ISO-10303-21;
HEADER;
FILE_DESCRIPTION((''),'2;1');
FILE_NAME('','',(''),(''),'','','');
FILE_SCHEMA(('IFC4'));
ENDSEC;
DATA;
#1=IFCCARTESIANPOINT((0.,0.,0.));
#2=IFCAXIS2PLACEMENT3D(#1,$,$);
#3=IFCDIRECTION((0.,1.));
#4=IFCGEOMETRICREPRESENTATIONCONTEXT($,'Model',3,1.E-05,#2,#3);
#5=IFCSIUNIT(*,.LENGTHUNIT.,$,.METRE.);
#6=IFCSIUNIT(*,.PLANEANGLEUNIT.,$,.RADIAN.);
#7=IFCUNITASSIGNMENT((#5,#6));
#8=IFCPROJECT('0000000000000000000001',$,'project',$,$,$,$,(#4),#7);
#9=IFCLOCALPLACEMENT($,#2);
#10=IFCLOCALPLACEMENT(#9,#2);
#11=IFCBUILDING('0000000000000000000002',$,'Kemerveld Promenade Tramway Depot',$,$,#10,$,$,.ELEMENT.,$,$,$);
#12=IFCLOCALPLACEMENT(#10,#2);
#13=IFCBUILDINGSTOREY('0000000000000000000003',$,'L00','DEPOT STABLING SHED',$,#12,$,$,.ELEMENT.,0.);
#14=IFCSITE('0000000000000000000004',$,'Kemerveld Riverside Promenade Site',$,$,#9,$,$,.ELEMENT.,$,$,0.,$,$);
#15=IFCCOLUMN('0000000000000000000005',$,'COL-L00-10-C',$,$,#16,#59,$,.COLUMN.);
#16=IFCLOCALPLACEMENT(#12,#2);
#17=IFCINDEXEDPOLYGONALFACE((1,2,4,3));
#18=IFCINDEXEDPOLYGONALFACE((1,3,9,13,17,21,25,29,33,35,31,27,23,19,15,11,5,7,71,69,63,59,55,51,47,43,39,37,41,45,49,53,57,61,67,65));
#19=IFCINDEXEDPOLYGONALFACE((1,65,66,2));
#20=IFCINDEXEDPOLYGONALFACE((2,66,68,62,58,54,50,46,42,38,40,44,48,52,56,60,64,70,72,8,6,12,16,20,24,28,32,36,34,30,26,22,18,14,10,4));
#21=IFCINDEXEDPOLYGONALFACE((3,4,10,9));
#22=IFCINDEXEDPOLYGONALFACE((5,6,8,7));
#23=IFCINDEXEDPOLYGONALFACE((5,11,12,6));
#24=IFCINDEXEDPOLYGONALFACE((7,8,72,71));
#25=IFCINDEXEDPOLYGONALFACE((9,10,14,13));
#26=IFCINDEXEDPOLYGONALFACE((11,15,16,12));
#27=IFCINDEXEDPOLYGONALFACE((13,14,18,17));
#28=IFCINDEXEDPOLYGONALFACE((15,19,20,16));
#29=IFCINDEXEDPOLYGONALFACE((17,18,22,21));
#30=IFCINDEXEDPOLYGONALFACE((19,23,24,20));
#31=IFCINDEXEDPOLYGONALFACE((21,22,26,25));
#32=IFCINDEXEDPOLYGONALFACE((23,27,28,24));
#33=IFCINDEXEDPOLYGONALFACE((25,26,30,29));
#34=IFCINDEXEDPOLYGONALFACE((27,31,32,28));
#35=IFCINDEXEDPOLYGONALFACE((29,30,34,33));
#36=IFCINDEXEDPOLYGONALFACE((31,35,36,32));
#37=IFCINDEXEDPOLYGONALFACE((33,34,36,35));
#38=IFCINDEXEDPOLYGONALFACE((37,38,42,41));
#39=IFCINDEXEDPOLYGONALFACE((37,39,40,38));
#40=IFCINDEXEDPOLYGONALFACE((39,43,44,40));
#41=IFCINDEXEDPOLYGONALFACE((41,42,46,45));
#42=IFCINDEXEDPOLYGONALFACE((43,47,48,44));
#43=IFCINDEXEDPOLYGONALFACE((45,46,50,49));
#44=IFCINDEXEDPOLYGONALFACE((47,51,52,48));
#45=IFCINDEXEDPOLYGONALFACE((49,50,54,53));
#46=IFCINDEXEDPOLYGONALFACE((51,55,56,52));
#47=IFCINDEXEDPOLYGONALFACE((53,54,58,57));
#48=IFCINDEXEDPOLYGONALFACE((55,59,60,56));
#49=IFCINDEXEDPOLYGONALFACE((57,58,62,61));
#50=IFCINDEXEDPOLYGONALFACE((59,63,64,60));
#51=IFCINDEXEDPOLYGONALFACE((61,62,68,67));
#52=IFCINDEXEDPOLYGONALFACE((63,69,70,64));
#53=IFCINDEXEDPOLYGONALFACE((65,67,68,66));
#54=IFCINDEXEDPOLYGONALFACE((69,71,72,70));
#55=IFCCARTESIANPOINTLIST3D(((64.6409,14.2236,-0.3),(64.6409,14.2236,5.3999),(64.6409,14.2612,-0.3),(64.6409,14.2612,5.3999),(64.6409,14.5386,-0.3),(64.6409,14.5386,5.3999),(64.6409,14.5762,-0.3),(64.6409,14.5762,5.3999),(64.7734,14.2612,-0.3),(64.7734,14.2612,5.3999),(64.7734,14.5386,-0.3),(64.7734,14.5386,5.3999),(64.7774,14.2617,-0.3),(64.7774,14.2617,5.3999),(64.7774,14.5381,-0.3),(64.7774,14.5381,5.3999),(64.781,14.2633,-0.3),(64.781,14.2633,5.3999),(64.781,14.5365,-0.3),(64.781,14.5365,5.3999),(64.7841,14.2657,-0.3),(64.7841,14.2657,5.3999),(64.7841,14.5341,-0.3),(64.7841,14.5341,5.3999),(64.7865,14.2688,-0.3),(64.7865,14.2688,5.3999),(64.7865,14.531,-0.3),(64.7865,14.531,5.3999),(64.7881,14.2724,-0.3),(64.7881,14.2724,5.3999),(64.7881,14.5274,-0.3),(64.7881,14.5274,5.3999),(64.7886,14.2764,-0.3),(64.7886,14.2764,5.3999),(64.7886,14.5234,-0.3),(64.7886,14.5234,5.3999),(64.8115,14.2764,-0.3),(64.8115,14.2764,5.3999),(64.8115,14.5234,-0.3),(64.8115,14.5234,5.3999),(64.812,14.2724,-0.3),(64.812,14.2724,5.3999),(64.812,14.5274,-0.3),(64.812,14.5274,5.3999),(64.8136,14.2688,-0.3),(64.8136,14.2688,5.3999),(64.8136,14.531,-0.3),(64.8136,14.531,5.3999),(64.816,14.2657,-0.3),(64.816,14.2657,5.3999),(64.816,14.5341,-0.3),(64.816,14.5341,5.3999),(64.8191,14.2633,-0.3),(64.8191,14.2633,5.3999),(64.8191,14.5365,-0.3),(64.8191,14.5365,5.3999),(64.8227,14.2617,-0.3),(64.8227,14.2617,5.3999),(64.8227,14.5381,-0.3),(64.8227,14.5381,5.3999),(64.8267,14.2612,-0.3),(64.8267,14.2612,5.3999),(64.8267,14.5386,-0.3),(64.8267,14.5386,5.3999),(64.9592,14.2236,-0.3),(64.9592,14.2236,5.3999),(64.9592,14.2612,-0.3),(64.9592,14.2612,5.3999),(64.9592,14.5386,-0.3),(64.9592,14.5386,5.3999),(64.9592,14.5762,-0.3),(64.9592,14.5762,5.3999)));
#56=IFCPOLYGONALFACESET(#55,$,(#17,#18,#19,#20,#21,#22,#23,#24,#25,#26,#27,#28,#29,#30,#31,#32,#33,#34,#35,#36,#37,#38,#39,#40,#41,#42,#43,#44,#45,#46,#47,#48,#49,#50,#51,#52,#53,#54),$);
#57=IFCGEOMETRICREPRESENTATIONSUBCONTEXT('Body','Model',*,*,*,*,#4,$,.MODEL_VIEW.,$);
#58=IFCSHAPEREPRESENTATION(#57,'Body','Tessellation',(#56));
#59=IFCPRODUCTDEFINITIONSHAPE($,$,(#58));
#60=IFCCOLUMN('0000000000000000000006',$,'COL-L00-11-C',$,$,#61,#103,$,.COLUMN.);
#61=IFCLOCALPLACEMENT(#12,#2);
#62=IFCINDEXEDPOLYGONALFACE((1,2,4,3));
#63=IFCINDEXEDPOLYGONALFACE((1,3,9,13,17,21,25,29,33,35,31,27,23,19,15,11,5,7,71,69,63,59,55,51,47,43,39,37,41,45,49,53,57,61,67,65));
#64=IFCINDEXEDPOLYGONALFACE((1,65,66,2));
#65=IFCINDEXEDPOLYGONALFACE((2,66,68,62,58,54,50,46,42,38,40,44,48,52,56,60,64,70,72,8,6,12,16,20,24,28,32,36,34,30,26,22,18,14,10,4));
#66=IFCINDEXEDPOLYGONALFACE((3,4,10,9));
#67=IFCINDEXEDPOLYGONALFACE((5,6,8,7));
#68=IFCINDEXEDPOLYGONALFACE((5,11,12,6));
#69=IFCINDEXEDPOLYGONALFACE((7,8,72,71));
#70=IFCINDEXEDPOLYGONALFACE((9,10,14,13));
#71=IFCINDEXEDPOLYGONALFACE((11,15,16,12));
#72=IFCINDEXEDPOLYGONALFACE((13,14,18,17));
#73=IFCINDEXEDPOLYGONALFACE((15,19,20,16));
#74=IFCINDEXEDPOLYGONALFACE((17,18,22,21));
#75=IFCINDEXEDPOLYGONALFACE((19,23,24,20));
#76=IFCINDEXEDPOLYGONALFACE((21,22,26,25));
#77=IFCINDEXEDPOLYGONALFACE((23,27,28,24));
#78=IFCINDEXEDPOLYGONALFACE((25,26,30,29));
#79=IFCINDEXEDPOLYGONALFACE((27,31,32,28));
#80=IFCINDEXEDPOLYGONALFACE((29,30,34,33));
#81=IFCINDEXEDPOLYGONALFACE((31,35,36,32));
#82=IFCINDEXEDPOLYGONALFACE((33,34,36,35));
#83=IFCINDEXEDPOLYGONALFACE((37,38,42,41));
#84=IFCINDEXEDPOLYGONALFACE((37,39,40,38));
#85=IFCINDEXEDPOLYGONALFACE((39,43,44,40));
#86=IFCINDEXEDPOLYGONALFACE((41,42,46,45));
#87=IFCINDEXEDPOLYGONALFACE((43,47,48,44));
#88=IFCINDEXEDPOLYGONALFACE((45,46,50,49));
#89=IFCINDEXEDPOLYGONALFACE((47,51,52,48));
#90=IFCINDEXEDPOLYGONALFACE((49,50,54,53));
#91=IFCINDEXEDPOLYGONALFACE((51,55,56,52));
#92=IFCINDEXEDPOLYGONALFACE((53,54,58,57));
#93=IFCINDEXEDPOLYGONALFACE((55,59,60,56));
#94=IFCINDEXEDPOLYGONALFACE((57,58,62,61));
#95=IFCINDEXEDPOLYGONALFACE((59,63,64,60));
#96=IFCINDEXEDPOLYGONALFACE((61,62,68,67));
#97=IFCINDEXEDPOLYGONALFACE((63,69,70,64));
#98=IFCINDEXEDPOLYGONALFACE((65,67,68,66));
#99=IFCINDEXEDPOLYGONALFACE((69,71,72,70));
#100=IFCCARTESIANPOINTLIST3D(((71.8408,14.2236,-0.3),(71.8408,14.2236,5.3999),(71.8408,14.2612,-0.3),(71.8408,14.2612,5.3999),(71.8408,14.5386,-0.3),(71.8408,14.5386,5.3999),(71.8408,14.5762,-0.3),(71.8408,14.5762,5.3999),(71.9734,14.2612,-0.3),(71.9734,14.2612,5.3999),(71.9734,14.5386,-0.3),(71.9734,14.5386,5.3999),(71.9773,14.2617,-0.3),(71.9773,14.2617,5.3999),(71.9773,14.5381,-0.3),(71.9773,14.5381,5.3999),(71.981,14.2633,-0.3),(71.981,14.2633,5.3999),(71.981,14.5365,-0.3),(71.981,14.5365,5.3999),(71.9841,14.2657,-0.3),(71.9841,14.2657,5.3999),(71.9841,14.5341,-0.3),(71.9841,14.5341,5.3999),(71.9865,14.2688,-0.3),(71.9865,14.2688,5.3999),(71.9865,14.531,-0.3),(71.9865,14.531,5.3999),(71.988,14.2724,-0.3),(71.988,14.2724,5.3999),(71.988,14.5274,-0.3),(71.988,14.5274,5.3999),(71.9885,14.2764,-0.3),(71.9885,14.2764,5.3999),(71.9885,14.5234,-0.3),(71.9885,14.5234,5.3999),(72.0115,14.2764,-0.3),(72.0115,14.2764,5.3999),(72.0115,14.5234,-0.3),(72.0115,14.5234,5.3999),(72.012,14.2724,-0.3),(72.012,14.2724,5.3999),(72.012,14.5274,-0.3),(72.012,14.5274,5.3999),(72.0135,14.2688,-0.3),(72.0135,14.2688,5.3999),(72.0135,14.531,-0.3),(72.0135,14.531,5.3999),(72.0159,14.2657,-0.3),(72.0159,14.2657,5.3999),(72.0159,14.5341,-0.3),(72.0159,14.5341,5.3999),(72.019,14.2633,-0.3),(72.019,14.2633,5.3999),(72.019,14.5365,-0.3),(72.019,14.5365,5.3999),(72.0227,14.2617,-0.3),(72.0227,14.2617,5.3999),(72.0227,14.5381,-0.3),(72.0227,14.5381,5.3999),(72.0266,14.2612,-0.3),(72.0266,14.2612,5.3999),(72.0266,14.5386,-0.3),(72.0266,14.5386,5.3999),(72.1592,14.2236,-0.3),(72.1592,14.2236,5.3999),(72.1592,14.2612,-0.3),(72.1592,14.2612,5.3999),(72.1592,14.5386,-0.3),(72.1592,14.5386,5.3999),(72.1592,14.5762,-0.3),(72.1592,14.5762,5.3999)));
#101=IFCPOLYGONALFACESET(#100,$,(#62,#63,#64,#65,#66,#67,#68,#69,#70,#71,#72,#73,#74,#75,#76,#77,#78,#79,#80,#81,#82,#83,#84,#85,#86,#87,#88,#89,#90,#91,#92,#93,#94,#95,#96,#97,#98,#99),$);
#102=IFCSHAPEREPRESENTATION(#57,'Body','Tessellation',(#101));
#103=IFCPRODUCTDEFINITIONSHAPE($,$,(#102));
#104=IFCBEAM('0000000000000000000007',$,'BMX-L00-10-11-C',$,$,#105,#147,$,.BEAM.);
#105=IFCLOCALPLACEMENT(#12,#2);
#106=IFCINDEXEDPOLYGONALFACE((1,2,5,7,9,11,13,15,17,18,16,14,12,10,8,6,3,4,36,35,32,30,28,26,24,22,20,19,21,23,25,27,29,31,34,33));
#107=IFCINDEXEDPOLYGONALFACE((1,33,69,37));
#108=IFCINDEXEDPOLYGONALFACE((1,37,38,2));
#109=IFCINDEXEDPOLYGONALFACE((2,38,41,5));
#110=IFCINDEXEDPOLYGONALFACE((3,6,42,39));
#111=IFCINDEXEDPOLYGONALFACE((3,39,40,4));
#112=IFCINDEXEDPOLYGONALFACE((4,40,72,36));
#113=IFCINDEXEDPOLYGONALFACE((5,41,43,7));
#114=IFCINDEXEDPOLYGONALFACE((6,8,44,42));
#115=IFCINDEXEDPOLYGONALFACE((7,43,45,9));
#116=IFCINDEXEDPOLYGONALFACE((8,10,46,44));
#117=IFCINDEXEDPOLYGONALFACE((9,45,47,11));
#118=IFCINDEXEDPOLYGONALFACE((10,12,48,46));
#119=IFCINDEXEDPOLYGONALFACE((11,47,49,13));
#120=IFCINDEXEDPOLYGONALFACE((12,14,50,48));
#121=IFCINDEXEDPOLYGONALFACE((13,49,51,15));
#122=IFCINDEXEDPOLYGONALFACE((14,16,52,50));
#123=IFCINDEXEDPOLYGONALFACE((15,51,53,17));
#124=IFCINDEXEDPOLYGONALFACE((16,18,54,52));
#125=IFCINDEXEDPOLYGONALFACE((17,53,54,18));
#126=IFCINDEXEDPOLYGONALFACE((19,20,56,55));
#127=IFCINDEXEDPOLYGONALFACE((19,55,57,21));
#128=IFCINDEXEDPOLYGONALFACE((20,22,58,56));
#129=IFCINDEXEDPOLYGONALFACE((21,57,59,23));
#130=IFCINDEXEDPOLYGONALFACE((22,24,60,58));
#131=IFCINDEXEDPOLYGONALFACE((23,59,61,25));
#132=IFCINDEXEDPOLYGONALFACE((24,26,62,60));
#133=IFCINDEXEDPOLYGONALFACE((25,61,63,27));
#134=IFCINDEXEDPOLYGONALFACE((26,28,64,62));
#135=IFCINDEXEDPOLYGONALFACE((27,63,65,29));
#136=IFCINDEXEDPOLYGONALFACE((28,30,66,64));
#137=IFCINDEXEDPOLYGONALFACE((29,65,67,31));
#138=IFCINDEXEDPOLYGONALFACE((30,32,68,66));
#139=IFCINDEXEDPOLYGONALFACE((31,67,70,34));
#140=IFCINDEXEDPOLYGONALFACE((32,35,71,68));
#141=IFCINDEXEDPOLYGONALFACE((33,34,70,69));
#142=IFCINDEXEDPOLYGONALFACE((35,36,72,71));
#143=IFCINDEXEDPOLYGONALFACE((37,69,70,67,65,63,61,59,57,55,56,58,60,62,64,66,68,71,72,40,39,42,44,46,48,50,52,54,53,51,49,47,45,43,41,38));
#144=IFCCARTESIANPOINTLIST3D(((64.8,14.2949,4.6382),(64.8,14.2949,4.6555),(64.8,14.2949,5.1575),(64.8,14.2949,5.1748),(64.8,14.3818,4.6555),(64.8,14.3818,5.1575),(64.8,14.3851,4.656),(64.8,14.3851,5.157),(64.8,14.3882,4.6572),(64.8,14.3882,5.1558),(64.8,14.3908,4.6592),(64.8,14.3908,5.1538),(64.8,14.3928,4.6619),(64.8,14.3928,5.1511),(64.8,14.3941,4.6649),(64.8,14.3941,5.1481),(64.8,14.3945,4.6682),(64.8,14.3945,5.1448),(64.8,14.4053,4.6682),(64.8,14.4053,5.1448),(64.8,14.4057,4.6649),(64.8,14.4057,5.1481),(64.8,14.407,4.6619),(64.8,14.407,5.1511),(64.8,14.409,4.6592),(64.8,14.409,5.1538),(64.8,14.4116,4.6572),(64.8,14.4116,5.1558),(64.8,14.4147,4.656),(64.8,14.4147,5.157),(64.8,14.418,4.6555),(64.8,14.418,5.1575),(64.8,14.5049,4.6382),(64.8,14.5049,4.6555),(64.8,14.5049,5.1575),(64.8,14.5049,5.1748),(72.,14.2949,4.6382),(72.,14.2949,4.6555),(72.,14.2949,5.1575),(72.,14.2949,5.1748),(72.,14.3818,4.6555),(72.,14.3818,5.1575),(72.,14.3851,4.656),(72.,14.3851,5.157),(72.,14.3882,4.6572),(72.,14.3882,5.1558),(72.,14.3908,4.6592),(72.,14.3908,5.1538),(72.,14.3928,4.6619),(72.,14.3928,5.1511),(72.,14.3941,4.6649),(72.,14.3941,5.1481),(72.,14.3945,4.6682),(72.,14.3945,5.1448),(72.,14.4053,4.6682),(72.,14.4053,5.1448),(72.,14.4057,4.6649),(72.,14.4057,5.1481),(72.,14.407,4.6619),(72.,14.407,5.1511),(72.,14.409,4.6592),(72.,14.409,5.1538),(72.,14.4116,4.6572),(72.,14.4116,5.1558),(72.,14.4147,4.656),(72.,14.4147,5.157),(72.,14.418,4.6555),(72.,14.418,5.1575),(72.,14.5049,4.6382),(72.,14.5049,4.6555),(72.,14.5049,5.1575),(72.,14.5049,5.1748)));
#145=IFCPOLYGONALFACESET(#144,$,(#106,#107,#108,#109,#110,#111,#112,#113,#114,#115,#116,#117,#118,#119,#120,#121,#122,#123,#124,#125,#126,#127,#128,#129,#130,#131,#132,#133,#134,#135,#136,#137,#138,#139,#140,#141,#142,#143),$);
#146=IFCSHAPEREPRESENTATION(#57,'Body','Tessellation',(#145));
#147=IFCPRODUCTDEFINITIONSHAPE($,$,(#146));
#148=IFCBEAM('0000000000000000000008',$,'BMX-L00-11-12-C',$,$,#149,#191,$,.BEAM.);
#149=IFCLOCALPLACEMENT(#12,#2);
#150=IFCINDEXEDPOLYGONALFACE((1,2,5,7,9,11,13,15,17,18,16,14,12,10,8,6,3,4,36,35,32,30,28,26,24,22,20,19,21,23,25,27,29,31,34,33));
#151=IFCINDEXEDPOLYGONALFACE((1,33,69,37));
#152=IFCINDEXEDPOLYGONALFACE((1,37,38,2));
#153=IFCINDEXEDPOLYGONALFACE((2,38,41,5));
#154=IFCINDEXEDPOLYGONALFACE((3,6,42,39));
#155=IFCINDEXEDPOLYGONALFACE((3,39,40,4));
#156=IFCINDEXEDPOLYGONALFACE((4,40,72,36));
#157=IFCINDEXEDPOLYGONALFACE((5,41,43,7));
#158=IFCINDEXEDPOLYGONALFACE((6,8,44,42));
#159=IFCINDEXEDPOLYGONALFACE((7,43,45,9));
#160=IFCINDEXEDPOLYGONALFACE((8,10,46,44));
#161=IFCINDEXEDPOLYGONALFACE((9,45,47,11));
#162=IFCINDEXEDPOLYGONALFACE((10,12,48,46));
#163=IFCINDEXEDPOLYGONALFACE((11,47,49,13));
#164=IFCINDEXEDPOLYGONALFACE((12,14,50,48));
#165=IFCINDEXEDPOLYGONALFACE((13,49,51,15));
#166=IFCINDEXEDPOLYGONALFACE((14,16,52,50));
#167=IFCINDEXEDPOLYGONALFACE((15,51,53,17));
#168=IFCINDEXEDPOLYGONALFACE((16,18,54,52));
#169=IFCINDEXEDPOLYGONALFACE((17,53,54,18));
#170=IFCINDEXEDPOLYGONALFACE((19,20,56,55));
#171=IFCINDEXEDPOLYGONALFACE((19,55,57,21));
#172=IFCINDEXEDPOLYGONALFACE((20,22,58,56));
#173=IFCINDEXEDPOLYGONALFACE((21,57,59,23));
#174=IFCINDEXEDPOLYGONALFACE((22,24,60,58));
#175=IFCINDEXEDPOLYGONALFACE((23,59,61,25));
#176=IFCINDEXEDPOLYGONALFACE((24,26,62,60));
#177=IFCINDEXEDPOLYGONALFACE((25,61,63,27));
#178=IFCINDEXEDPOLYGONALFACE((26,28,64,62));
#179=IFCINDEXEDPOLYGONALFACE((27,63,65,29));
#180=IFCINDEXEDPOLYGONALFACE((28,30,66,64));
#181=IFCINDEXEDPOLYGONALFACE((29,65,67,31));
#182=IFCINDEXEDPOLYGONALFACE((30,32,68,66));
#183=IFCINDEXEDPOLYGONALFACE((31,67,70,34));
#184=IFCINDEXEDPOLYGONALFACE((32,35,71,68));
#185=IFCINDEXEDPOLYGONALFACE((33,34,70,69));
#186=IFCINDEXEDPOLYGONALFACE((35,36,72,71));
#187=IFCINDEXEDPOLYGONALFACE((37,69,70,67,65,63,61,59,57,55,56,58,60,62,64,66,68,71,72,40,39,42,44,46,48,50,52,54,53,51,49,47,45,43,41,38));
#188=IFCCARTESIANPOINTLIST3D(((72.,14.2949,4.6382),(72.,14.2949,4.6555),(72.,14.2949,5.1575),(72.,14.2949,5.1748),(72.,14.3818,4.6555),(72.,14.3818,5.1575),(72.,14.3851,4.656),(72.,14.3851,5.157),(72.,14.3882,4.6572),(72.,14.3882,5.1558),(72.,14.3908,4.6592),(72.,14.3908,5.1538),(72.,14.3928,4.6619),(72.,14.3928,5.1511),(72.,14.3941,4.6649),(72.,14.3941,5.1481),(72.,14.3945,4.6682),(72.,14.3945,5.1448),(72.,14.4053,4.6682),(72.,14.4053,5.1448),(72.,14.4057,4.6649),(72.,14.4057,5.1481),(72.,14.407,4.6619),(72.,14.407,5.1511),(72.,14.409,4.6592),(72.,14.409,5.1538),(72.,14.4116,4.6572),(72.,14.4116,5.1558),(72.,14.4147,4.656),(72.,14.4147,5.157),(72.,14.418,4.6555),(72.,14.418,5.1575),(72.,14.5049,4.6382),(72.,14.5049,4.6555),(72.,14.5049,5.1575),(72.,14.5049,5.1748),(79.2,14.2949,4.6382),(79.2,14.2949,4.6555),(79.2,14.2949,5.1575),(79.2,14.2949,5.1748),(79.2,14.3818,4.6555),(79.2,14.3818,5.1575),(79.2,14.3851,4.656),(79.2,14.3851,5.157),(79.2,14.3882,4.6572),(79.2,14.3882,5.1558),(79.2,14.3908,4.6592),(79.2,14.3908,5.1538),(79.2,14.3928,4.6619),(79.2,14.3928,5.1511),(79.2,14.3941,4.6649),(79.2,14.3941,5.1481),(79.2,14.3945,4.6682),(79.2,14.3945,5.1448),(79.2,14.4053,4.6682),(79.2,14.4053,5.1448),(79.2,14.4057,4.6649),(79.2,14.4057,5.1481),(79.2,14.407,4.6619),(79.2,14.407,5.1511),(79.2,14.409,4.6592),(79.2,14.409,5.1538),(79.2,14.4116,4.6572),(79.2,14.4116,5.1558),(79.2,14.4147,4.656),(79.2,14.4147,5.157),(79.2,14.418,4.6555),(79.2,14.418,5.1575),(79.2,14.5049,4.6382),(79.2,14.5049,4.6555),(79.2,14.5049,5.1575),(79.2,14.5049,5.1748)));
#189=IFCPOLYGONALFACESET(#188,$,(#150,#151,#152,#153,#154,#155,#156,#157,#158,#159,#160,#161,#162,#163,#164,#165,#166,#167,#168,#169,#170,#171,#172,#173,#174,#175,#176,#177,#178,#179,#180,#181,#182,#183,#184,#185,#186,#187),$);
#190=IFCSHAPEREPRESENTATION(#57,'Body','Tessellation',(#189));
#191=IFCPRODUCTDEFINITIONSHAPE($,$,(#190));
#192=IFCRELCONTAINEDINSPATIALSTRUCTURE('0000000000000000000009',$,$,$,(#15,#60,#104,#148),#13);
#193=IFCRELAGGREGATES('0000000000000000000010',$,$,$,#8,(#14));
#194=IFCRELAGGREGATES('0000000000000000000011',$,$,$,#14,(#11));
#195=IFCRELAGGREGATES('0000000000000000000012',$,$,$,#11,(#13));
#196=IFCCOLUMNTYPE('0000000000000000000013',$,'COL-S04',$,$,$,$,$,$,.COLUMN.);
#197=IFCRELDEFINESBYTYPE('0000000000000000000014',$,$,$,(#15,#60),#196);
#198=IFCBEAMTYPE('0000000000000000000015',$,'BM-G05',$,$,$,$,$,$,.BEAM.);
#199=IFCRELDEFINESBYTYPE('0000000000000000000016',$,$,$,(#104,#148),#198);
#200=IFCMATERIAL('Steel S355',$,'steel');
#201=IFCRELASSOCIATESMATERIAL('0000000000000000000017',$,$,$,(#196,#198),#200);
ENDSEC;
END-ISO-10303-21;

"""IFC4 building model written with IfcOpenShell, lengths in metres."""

from ifc_helpers import new_model, si_unit, direction, frame, origin, origin_2d, place, context, subcontext, project, spatial, i_section, extrude, material, material_profile, profile_set, type_object, element, save


model = new_model("IFC4")

# Units and contexts
model_context = context("Model", 3, precision=1e-05, world=origin(), true_north=direction((0.0, 1.0)))
body_context = subcontext(model_context, "Body", "Model", "MODEL_VIEW")
ifc_project = project(units=[si_unit("LENGTHUNIT", "METRE"), si_unit("PLANEANGLEUNIT", "RADIAN")], contexts=[model_context])

# Site, building, storey
site_placement = place(None, origin())
site = spatial("IfcSite", under=ifc_project, at=site_placement, Name="Kemerveld Riverside Promenade Site", CompositionType="ELEMENT", RefElevation=0.0)
building_placement = place(site_placement, origin())
building = spatial("IfcBuilding", under=site, at=building_placement, Name="Kemerveld Promenade Tramway Depot", CompositionType="ELEMENT")
storey_placement = place(building_placement, origin())
storey = spatial("IfcBuildingStorey", under=building, at=storey_placement, Name="L00", Description="DEPOT STABLING SHED", CompositionType="ELEMENT", Elevation=0.0)

# Columns
ifc_material_1 = material(Name="Steel S355", Category="steel")
ifc_material_profile_1 = material_profile(ifc_material_1, i_section(OverallWidth=0.3184, OverallDepth=0.3525, WebThickness=0.0229, FlangeThickness=0.0376, FilletRadius=0.0151, at=origin_2d()), Name="305x305x240 UC")
ifc_profile_set_1 = profile_set([ifc_material_profile_1], Name="Steel S355")
column_type = type_object("IfcColumnType", Name="COL-S04", PredefinedType="COLUMN", material=ifc_profile_set_1)
for number, where, z_axis, x_axis, name in (
    (1, (64.8, 14.3999, -0.3), (0.0, 0.0, 1.0), (1.0, 0.0, 0.0), "COL-L00-10-C"),
    (2, (72.0, 14.3999, -0.3), (0.0, 0.0, 1.0), (1.0, 0.0, 0.0), "COL-L00-11-C"),
):
    element("IfcColumn", number, at=place(storey_placement, frame(where, z_axis=z_axis, x_axis=x_axis)), inside=storey, type_object=column_type, Name=name, PredefinedType="COLUMN", context=body_context, shape_type="SweptSolid", body=[
        extrude(i_section(OverallWidth=0.3184, OverallDepth=0.3525, WebThickness=0.0229, FlangeThickness=0.0376, FilletRadius=0.0151, at=origin_2d()), origin(), (0.0, 0.0, 1.0), 5.7),
    ])

# Beams
ifc_material_profile_2 = material_profile(ifc_material_1, i_section(OverallWidth=0.21, OverallDepth=0.5366, WebThickness=0.0107, FlangeThickness=0.0173, FilletRadius=0.0127, at=origin_2d()), Name="533x210x101 UB")
ifc_profile_set_2 = profile_set([ifc_material_profile_2], Name="Steel S355")
beam_type_1 = type_object("IfcBeamType", Name="BM-G05", PredefinedType="BEAM", material=ifc_profile_set_2)
for number, where, z_axis, x_axis, name in (
    (3, (64.8, 14.3999, 4.9065), (1.0, 0.0, 0.0), (0.0, 1.0, 0.0), "BMX-L00-10-11-C"),
    (4, (72.0, 14.3999, 4.9065), (1.0, 0.0, 0.0), (0.0, 1.0, 0.0), "BMX-L00-11-12-C"),
):
    element("IfcBeam", number, at=place(storey_placement, frame(where, z_axis=z_axis, x_axis=x_axis)), inside=storey, type_object=beam_type_1, Name=name, PredefinedType="BEAM", context=body_context, shape_type="SweptSolid", body=[
        extrude(i_section(OverallWidth=0.21, OverallDepth=0.5366, WebThickness=0.0107, FlangeThickness=0.0173, FilletRadius=0.0127, at=origin_2d()), origin(), (0.0, 0.0, 1.0), 7.2),
    ])

save(model, "model.ifc")
